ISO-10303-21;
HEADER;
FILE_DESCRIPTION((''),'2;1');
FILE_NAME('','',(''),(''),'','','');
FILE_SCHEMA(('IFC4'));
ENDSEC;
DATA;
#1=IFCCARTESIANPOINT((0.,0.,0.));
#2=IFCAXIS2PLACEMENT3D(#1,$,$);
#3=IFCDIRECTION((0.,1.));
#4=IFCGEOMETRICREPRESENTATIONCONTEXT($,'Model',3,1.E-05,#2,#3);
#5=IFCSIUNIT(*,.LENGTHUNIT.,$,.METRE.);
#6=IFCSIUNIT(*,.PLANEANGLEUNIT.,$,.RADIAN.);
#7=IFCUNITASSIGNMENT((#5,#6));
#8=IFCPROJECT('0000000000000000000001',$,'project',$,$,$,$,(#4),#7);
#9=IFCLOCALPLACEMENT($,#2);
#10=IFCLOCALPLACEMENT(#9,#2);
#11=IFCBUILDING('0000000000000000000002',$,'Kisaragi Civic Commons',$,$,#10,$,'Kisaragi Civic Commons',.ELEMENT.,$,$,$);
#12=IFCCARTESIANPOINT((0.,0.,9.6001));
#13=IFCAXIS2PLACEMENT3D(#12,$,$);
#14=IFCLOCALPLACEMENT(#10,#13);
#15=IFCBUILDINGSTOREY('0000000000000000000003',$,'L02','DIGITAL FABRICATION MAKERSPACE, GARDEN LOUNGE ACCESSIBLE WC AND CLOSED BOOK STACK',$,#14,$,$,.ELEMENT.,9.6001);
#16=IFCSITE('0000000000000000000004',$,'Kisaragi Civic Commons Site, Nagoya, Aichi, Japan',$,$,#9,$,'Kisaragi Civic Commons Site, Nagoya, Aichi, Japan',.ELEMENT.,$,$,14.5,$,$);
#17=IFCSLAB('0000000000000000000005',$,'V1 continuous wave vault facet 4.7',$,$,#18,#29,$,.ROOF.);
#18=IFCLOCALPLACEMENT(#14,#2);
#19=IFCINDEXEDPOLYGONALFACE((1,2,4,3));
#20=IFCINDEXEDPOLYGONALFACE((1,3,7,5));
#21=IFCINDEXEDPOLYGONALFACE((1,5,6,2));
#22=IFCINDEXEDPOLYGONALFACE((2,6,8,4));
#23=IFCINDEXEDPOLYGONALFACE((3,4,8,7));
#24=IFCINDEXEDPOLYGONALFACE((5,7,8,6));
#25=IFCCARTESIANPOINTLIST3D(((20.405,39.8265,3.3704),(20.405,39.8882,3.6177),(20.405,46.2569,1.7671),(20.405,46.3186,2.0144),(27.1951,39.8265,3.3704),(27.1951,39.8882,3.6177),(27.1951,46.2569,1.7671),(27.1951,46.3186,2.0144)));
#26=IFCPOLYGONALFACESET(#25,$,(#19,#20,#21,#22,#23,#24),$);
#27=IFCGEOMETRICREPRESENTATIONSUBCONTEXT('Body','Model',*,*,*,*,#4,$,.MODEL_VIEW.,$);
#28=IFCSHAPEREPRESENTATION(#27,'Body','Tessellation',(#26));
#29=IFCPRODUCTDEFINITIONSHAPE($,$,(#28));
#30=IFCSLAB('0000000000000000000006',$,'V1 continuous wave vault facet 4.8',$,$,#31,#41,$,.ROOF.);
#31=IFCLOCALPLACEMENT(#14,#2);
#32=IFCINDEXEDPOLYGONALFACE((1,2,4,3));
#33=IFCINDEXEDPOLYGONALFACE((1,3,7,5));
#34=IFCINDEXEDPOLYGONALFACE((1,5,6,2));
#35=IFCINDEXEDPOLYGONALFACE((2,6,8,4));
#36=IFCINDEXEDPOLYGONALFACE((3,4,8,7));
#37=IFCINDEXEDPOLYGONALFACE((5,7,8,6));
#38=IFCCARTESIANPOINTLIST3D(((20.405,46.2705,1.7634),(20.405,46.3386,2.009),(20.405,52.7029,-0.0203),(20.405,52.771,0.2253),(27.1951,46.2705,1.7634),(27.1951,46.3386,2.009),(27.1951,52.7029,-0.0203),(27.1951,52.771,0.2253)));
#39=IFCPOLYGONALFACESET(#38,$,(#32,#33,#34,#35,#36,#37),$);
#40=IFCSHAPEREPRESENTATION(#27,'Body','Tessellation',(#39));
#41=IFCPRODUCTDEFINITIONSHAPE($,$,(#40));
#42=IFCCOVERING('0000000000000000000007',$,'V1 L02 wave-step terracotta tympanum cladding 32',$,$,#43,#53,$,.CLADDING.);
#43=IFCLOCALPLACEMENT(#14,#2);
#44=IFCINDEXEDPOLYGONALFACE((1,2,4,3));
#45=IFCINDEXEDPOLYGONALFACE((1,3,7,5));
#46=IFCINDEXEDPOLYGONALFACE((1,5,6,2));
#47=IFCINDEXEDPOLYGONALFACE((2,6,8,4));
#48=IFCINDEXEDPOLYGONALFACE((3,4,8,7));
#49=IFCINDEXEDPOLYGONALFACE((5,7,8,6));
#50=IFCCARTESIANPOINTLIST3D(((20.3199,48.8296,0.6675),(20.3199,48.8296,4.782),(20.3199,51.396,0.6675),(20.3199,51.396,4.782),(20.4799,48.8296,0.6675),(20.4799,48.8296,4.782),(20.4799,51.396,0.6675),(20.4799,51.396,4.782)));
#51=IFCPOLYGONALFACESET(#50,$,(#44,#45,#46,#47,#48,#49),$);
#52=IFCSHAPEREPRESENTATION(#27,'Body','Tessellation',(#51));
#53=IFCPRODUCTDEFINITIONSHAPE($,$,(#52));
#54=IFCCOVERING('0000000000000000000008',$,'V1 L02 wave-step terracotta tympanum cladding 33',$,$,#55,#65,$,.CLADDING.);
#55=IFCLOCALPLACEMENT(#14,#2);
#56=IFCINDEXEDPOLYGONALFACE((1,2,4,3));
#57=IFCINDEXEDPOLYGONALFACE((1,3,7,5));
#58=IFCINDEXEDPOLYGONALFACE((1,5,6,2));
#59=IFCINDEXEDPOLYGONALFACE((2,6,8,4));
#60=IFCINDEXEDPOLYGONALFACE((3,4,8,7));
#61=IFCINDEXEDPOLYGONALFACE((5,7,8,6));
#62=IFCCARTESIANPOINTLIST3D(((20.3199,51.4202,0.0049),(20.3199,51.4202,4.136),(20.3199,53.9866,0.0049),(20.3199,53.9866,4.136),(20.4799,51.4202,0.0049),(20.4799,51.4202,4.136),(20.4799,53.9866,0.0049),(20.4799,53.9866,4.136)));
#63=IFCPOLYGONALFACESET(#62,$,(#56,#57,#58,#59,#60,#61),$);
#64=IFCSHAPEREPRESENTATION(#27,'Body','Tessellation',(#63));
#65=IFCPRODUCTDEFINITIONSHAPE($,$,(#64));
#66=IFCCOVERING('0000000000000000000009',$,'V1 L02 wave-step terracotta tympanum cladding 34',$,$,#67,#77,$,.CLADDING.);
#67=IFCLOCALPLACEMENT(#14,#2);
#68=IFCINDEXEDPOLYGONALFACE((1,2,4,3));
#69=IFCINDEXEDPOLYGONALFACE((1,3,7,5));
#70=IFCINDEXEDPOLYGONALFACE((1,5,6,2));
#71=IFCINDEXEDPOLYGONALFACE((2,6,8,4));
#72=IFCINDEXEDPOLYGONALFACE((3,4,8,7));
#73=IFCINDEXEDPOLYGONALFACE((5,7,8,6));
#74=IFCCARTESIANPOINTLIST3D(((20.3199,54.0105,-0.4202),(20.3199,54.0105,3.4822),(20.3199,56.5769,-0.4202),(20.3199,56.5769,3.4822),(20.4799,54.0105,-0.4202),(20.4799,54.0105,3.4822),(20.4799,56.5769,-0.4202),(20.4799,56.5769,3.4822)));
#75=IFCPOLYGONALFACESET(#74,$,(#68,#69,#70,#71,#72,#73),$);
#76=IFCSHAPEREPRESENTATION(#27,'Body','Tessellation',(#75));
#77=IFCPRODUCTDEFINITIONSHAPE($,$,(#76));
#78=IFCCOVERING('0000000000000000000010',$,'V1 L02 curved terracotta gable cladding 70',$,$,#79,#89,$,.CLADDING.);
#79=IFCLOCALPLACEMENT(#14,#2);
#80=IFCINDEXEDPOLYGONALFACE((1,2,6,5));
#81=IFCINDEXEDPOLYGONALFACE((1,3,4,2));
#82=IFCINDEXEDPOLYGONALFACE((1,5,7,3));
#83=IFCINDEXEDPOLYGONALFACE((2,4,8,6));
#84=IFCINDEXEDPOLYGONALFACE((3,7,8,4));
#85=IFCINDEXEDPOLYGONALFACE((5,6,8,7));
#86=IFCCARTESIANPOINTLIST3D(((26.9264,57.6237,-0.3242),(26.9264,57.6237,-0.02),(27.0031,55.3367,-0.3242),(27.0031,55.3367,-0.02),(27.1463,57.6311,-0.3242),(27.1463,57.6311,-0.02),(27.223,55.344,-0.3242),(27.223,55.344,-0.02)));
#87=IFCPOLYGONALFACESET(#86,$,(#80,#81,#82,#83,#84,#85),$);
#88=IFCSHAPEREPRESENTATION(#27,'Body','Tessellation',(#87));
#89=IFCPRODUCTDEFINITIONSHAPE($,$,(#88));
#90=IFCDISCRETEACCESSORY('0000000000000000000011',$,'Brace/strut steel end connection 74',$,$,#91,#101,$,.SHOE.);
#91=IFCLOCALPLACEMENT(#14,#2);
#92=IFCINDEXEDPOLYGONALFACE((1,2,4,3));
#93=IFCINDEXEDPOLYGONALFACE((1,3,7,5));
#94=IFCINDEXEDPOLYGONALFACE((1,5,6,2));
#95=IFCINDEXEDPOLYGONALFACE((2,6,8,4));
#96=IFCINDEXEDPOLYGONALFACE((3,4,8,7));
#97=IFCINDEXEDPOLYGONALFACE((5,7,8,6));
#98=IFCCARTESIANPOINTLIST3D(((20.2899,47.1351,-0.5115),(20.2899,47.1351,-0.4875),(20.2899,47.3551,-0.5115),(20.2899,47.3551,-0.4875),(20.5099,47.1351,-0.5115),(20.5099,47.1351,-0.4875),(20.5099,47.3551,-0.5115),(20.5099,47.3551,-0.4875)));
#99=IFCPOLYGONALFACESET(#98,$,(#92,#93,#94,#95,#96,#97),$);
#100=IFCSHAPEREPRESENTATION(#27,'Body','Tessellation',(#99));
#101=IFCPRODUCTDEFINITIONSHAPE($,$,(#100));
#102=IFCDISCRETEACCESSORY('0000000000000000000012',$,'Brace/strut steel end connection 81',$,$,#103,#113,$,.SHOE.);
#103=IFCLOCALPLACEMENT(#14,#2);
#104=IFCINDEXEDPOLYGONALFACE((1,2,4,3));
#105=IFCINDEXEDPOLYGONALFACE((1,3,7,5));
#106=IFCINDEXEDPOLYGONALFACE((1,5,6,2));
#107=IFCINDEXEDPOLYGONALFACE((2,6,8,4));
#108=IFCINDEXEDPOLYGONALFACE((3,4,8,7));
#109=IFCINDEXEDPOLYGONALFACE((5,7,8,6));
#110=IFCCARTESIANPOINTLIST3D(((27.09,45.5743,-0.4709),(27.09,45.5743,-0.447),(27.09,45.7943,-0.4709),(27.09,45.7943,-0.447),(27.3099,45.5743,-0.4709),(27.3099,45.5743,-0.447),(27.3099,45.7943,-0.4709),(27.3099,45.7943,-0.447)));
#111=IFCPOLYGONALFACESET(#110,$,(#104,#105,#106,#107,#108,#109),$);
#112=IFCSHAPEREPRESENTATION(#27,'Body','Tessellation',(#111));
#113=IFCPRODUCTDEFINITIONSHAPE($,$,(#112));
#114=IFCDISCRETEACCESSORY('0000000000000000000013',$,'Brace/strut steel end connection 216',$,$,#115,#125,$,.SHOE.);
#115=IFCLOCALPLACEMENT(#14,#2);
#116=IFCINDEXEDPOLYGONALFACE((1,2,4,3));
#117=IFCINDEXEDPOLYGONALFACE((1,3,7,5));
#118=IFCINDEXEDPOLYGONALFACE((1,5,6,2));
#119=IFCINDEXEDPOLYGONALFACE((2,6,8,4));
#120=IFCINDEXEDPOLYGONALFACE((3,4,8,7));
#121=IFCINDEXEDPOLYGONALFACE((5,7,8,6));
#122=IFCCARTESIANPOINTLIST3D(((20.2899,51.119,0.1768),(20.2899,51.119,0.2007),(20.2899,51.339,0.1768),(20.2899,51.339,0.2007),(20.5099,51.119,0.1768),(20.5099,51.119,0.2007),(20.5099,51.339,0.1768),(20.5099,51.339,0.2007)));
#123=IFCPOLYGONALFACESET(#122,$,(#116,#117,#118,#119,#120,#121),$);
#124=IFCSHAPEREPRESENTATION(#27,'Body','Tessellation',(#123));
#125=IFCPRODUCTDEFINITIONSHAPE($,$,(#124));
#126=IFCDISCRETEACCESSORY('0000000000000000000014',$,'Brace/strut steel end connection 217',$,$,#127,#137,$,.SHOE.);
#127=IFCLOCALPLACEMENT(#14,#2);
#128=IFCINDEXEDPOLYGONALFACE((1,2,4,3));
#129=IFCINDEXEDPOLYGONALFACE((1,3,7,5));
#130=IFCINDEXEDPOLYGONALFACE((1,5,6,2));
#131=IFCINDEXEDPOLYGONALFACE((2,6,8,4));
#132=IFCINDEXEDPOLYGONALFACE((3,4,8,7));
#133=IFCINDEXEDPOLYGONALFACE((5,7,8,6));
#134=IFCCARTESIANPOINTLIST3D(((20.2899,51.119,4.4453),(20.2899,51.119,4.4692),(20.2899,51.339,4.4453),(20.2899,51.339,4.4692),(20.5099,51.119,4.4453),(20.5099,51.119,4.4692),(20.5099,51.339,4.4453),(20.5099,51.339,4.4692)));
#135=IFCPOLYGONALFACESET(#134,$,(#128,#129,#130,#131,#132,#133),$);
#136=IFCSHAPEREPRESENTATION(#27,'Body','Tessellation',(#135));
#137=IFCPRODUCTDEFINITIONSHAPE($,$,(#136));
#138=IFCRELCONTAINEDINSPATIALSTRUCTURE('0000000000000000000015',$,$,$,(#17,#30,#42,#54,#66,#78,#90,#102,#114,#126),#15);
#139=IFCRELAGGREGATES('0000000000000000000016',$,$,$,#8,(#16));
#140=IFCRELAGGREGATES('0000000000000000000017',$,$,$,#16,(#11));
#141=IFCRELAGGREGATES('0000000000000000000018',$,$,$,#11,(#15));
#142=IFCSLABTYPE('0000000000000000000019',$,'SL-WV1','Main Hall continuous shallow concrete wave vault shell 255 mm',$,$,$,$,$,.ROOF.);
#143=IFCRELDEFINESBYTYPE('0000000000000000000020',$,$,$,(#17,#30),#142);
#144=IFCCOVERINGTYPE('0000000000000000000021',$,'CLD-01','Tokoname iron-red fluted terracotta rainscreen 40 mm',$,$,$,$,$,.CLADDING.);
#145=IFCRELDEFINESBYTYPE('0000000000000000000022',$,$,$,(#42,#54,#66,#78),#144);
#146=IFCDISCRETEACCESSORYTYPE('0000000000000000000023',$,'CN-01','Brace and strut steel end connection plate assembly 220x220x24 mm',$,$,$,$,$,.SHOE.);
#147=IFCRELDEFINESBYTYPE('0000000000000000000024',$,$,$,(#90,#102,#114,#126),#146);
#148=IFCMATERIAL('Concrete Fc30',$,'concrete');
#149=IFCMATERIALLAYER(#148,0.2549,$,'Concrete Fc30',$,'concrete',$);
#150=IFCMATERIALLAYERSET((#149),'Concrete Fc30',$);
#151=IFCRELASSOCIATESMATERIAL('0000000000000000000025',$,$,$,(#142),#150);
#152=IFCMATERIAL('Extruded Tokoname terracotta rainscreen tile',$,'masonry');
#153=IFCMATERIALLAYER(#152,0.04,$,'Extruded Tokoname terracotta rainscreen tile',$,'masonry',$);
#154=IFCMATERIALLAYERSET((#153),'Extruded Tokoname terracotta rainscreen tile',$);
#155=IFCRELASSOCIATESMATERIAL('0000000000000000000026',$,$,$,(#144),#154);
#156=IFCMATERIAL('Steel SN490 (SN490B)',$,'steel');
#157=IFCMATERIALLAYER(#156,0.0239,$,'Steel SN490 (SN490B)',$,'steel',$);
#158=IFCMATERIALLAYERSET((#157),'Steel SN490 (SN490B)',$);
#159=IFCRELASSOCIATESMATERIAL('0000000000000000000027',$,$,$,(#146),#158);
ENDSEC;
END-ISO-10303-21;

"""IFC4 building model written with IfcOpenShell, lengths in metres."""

from ifc_helpers import new_model, si_unit, direction, frame, origin, origin_2d, place, context, subcontext, project, spatial, polyline, rectangle, outline, extrude, material, layer, layer_set, type_object, element, save


model = new_model("IFC4")

# Units and contexts
model_context = context("Model", 3, precision=1e-05, world=origin(), true_north=direction((0.0, 1.0)))
body_context = subcontext(model_context, "Body", "Model", "MODEL_VIEW")
ifc_project = project(units=[si_unit("LENGTHUNIT", "METRE"), si_unit("PLANEANGLEUNIT", "RADIAN")], contexts=[model_context])

# Site, building, storey
site_placement = place(None, origin())
site = spatial("IfcSite", under=ifc_project, at=site_placement, Name="Kisaragi Civic Commons Site, Nagoya, Aichi, Japan", LongName="Kisaragi Civic Commons Site, Nagoya, Aichi, Japan", CompositionType="ELEMENT", RefElevation=14.5)
building_placement = place(site_placement, origin())
building = spatial("IfcBuilding", under=site, at=building_placement, Name="Kisaragi Civic Commons", LongName="Kisaragi Civic Commons", CompositionType="ELEMENT")
storey_placement = place(building_placement, frame((0.0, 0.0, 9.6001)))
storey = spatial("IfcBuildingStorey", under=building, at=storey_placement, Name="L02", Description="DIGITAL FABRICATION MAKERSPACE, GARDEN LOUNGE ACCESSIBLE WC AND CLOSED BOOK STACK", CompositionType="ELEMENT", Elevation=9.6001)

# Shared definitions
ifc_material_1 = material(Name="Steel SN490 (SN490B)", Category="steel")

# Slabs
ifc_material_2 = material(Name="Concrete Fc30", Category="concrete")
ifc_layer_1 = layer(ifc_material_2, 0.2549, Name="Concrete Fc30", Category="concrete")
ifc_layer_set_1 = layer_set([ifc_layer_1], Name="Concrete Fc30")
slab_type = type_object("IfcSlabType", Name="SL-WV1", Description="Main Hall continuous shallow concrete wave vault shell 255 mm", PredefinedType="ROOF", material=ifc_layer_set_1)
slab_1_placement = place(storey_placement, frame((27.1951, 46.3186, 2.0144), z_axis=(0.0, 0.24192, 0.970296), x_axis=(-1.0, 0.0, 0.0)))
element("IfcSlab", 1, at=slab_1_placement, inside=storey, type_object=slab_type, Name="V1 continuous wave vault facet 4.7", PredefinedType="ROOF", context=body_context, shape_type="SweptSolid", body=[
    extrude(outline(polyline([(0.0, 0.0), (6.79, 0.0), (6.79, 6.6273), (0.0, 6.6273), (0.0, 0.0)])), origin(), (0.0, 0.0, -1.0), 0.2549),
])
slab_2_placement = place(storey_placement, frame((27.1951, 52.771, 0.2253), z_axis=(0.0, 0.267216, 0.963637), x_axis=(-1.0, 0.0, 0.0)))
element("IfcSlab", 2, at=slab_2_placement, inside=storey, type_object=slab_type, Name="V1 continuous wave vault facet 4.8", PredefinedType="ROOF", context=body_context, shape_type="SweptSolid", body=[
    extrude(outline(polyline([(0.0, 0.0), (6.79, 0.0), (6.79, 6.6751), (0.0, 6.6751), (0.0, 0.0)])), origin(), (0.0, 0.0, -1.0), 0.2549),
])

# Coverings
ifc_material_3 = material(Name="Extruded Tokoname terracotta rainscreen tile", Category="masonry")
ifc_layer_2 = layer(ifc_material_3, 0.04, Name="Extruded Tokoname terracotta rainscreen tile", Category="masonry")
ifc_layer_set_2 = layer_set([ifc_layer_2], Name="Extruded Tokoname terracotta rainscreen tile")
covering_type = type_object("IfcCoveringType", Name="CLD-01", Description="Tokoname iron-red fluted terracotta rainscreen 40 mm", PredefinedType="CLADDING", material=ifc_layer_set_2)
covering_1_placement = place(storey_placement, frame((20.3999, 50.1128, 0.6675), z_axis=(0.0, 0.0, 1.0), x_axis=(0.0, 1.0, 0.0)))
element("IfcCovering", 3, at=covering_1_placement, inside=storey, type_object=covering_type, Name="V1 L02 wave-step terracotta tympanum cladding 32", PredefinedType="CLADDING", context=body_context, shape_type="SweptSolid", body=[
    extrude(rectangle(XDim=2.5664, YDim=0.1599, at=origin_2d()), origin(), (0.0, 0.0, 1.0), 4.1145),
])
covering_2_placement = place(storey_placement, frame((20.3999, 52.7034, 0.0049), z_axis=(0.0, 0.0, 1.0), x_axis=(0.0, 1.0, 0.0)))
element("IfcCovering", 4, at=covering_2_placement, inside=storey, type_object=covering_type, Name="V1 L02 wave-step terracotta tympanum cladding 33", PredefinedType="CLADDING", context=body_context, shape_type="SweptSolid", body=[
    extrude(rectangle(XDim=2.5664, YDim=0.1599, at=origin_2d()), origin(), (0.0, 0.0, 1.0), 4.1311),
])
covering_3_placement = place(storey_placement, frame((20.3999, 55.2937, -0.4202), z_axis=(0.0, 0.0, 1.0), x_axis=(0.0, 1.0, 0.0)))
element("IfcCovering", 5, at=covering_3_placement, inside=storey, type_object=covering_type, Name="V1 L02 wave-step terracotta tympanum cladding 34", PredefinedType="CLADDING", context=body_context, shape_type="SweptSolid", body=[
    extrude(rectangle(XDim=2.5664, YDim=0.1599, at=origin_2d()), origin(), (0.0, 0.0, 1.0), 3.9023),
])
covering_4_placement = place(storey_placement, frame((27.0747, 56.4839, -0.3242), z_axis=(0.0, 0.0, 1.0), x_axis=(0.033504, -0.999439, 0.0)))
element("IfcCovering", 6, at=covering_4_placement, inside=storey, type_object=covering_type, Name="V1 L02 curved terracotta gable cladding 70", PredefinedType="CLADDING", context=body_context, shape_type="SweptSolid", body=[
    extrude(rectangle(XDim=2.2883, YDim=0.22, at=origin_2d()), origin(), (0.0, 0.0, 1.0), 0.3042),
])

# Discrete accessories
ifc_layer_3 = layer(ifc_material_1, 0.0239, Name="Steel SN490 (SN490B)", Category="steel")
ifc_layer_set_3 = layer_set([ifc_layer_3], Name="Steel SN490 (SN490B)")
discrete_accessory_type = type_object("IfcDiscreteAccessoryType", Name="CN-01", Description="Brace and strut steel end connection plate assembly 220x220x24 mm", PredefinedType="SHOE", material=ifc_layer_set_3)
for number, where, z_axis, x_axis, name in (
    (7, (20.3999, 47.2451, -0.5115), (0.0, 0.0, 1.0), (1.0, 0.0, 0.0), "Brace/strut steel end connection 74"),
    (8, (27.2, 45.6843, -0.4709), (0.0, 0.0, 1.0), (1.0, 0.0, 0.0), "Brace/strut steel end connection 81"),
    (9, (20.3999, 51.229, 0.1768), (0.0, 0.0, 1.0), (1.0, 0.0, 0.0), "Brace/strut steel end connection 216"),
    (10, (20.3999, 51.229, 4.4453), (0.0, 0.0, 1.0), (1.0, 0.0, 0.0), "Brace/strut steel end connection 217"),
):
    element("IfcDiscreteAccessory", number, at=place(storey_placement, frame(where, z_axis=z_axis, x_axis=x_axis)), inside=storey, type_object=discrete_accessory_type, Name=name, PredefinedType="SHOE", context=body_context, shape_type="SweptSolid", body=[
        extrude(rectangle(XDim=0.22, YDim=0.22, at=origin_2d()), origin(), (0.0, 0.0, 1.0), 0.0239),
    ])

save(model, "model.ifc")
